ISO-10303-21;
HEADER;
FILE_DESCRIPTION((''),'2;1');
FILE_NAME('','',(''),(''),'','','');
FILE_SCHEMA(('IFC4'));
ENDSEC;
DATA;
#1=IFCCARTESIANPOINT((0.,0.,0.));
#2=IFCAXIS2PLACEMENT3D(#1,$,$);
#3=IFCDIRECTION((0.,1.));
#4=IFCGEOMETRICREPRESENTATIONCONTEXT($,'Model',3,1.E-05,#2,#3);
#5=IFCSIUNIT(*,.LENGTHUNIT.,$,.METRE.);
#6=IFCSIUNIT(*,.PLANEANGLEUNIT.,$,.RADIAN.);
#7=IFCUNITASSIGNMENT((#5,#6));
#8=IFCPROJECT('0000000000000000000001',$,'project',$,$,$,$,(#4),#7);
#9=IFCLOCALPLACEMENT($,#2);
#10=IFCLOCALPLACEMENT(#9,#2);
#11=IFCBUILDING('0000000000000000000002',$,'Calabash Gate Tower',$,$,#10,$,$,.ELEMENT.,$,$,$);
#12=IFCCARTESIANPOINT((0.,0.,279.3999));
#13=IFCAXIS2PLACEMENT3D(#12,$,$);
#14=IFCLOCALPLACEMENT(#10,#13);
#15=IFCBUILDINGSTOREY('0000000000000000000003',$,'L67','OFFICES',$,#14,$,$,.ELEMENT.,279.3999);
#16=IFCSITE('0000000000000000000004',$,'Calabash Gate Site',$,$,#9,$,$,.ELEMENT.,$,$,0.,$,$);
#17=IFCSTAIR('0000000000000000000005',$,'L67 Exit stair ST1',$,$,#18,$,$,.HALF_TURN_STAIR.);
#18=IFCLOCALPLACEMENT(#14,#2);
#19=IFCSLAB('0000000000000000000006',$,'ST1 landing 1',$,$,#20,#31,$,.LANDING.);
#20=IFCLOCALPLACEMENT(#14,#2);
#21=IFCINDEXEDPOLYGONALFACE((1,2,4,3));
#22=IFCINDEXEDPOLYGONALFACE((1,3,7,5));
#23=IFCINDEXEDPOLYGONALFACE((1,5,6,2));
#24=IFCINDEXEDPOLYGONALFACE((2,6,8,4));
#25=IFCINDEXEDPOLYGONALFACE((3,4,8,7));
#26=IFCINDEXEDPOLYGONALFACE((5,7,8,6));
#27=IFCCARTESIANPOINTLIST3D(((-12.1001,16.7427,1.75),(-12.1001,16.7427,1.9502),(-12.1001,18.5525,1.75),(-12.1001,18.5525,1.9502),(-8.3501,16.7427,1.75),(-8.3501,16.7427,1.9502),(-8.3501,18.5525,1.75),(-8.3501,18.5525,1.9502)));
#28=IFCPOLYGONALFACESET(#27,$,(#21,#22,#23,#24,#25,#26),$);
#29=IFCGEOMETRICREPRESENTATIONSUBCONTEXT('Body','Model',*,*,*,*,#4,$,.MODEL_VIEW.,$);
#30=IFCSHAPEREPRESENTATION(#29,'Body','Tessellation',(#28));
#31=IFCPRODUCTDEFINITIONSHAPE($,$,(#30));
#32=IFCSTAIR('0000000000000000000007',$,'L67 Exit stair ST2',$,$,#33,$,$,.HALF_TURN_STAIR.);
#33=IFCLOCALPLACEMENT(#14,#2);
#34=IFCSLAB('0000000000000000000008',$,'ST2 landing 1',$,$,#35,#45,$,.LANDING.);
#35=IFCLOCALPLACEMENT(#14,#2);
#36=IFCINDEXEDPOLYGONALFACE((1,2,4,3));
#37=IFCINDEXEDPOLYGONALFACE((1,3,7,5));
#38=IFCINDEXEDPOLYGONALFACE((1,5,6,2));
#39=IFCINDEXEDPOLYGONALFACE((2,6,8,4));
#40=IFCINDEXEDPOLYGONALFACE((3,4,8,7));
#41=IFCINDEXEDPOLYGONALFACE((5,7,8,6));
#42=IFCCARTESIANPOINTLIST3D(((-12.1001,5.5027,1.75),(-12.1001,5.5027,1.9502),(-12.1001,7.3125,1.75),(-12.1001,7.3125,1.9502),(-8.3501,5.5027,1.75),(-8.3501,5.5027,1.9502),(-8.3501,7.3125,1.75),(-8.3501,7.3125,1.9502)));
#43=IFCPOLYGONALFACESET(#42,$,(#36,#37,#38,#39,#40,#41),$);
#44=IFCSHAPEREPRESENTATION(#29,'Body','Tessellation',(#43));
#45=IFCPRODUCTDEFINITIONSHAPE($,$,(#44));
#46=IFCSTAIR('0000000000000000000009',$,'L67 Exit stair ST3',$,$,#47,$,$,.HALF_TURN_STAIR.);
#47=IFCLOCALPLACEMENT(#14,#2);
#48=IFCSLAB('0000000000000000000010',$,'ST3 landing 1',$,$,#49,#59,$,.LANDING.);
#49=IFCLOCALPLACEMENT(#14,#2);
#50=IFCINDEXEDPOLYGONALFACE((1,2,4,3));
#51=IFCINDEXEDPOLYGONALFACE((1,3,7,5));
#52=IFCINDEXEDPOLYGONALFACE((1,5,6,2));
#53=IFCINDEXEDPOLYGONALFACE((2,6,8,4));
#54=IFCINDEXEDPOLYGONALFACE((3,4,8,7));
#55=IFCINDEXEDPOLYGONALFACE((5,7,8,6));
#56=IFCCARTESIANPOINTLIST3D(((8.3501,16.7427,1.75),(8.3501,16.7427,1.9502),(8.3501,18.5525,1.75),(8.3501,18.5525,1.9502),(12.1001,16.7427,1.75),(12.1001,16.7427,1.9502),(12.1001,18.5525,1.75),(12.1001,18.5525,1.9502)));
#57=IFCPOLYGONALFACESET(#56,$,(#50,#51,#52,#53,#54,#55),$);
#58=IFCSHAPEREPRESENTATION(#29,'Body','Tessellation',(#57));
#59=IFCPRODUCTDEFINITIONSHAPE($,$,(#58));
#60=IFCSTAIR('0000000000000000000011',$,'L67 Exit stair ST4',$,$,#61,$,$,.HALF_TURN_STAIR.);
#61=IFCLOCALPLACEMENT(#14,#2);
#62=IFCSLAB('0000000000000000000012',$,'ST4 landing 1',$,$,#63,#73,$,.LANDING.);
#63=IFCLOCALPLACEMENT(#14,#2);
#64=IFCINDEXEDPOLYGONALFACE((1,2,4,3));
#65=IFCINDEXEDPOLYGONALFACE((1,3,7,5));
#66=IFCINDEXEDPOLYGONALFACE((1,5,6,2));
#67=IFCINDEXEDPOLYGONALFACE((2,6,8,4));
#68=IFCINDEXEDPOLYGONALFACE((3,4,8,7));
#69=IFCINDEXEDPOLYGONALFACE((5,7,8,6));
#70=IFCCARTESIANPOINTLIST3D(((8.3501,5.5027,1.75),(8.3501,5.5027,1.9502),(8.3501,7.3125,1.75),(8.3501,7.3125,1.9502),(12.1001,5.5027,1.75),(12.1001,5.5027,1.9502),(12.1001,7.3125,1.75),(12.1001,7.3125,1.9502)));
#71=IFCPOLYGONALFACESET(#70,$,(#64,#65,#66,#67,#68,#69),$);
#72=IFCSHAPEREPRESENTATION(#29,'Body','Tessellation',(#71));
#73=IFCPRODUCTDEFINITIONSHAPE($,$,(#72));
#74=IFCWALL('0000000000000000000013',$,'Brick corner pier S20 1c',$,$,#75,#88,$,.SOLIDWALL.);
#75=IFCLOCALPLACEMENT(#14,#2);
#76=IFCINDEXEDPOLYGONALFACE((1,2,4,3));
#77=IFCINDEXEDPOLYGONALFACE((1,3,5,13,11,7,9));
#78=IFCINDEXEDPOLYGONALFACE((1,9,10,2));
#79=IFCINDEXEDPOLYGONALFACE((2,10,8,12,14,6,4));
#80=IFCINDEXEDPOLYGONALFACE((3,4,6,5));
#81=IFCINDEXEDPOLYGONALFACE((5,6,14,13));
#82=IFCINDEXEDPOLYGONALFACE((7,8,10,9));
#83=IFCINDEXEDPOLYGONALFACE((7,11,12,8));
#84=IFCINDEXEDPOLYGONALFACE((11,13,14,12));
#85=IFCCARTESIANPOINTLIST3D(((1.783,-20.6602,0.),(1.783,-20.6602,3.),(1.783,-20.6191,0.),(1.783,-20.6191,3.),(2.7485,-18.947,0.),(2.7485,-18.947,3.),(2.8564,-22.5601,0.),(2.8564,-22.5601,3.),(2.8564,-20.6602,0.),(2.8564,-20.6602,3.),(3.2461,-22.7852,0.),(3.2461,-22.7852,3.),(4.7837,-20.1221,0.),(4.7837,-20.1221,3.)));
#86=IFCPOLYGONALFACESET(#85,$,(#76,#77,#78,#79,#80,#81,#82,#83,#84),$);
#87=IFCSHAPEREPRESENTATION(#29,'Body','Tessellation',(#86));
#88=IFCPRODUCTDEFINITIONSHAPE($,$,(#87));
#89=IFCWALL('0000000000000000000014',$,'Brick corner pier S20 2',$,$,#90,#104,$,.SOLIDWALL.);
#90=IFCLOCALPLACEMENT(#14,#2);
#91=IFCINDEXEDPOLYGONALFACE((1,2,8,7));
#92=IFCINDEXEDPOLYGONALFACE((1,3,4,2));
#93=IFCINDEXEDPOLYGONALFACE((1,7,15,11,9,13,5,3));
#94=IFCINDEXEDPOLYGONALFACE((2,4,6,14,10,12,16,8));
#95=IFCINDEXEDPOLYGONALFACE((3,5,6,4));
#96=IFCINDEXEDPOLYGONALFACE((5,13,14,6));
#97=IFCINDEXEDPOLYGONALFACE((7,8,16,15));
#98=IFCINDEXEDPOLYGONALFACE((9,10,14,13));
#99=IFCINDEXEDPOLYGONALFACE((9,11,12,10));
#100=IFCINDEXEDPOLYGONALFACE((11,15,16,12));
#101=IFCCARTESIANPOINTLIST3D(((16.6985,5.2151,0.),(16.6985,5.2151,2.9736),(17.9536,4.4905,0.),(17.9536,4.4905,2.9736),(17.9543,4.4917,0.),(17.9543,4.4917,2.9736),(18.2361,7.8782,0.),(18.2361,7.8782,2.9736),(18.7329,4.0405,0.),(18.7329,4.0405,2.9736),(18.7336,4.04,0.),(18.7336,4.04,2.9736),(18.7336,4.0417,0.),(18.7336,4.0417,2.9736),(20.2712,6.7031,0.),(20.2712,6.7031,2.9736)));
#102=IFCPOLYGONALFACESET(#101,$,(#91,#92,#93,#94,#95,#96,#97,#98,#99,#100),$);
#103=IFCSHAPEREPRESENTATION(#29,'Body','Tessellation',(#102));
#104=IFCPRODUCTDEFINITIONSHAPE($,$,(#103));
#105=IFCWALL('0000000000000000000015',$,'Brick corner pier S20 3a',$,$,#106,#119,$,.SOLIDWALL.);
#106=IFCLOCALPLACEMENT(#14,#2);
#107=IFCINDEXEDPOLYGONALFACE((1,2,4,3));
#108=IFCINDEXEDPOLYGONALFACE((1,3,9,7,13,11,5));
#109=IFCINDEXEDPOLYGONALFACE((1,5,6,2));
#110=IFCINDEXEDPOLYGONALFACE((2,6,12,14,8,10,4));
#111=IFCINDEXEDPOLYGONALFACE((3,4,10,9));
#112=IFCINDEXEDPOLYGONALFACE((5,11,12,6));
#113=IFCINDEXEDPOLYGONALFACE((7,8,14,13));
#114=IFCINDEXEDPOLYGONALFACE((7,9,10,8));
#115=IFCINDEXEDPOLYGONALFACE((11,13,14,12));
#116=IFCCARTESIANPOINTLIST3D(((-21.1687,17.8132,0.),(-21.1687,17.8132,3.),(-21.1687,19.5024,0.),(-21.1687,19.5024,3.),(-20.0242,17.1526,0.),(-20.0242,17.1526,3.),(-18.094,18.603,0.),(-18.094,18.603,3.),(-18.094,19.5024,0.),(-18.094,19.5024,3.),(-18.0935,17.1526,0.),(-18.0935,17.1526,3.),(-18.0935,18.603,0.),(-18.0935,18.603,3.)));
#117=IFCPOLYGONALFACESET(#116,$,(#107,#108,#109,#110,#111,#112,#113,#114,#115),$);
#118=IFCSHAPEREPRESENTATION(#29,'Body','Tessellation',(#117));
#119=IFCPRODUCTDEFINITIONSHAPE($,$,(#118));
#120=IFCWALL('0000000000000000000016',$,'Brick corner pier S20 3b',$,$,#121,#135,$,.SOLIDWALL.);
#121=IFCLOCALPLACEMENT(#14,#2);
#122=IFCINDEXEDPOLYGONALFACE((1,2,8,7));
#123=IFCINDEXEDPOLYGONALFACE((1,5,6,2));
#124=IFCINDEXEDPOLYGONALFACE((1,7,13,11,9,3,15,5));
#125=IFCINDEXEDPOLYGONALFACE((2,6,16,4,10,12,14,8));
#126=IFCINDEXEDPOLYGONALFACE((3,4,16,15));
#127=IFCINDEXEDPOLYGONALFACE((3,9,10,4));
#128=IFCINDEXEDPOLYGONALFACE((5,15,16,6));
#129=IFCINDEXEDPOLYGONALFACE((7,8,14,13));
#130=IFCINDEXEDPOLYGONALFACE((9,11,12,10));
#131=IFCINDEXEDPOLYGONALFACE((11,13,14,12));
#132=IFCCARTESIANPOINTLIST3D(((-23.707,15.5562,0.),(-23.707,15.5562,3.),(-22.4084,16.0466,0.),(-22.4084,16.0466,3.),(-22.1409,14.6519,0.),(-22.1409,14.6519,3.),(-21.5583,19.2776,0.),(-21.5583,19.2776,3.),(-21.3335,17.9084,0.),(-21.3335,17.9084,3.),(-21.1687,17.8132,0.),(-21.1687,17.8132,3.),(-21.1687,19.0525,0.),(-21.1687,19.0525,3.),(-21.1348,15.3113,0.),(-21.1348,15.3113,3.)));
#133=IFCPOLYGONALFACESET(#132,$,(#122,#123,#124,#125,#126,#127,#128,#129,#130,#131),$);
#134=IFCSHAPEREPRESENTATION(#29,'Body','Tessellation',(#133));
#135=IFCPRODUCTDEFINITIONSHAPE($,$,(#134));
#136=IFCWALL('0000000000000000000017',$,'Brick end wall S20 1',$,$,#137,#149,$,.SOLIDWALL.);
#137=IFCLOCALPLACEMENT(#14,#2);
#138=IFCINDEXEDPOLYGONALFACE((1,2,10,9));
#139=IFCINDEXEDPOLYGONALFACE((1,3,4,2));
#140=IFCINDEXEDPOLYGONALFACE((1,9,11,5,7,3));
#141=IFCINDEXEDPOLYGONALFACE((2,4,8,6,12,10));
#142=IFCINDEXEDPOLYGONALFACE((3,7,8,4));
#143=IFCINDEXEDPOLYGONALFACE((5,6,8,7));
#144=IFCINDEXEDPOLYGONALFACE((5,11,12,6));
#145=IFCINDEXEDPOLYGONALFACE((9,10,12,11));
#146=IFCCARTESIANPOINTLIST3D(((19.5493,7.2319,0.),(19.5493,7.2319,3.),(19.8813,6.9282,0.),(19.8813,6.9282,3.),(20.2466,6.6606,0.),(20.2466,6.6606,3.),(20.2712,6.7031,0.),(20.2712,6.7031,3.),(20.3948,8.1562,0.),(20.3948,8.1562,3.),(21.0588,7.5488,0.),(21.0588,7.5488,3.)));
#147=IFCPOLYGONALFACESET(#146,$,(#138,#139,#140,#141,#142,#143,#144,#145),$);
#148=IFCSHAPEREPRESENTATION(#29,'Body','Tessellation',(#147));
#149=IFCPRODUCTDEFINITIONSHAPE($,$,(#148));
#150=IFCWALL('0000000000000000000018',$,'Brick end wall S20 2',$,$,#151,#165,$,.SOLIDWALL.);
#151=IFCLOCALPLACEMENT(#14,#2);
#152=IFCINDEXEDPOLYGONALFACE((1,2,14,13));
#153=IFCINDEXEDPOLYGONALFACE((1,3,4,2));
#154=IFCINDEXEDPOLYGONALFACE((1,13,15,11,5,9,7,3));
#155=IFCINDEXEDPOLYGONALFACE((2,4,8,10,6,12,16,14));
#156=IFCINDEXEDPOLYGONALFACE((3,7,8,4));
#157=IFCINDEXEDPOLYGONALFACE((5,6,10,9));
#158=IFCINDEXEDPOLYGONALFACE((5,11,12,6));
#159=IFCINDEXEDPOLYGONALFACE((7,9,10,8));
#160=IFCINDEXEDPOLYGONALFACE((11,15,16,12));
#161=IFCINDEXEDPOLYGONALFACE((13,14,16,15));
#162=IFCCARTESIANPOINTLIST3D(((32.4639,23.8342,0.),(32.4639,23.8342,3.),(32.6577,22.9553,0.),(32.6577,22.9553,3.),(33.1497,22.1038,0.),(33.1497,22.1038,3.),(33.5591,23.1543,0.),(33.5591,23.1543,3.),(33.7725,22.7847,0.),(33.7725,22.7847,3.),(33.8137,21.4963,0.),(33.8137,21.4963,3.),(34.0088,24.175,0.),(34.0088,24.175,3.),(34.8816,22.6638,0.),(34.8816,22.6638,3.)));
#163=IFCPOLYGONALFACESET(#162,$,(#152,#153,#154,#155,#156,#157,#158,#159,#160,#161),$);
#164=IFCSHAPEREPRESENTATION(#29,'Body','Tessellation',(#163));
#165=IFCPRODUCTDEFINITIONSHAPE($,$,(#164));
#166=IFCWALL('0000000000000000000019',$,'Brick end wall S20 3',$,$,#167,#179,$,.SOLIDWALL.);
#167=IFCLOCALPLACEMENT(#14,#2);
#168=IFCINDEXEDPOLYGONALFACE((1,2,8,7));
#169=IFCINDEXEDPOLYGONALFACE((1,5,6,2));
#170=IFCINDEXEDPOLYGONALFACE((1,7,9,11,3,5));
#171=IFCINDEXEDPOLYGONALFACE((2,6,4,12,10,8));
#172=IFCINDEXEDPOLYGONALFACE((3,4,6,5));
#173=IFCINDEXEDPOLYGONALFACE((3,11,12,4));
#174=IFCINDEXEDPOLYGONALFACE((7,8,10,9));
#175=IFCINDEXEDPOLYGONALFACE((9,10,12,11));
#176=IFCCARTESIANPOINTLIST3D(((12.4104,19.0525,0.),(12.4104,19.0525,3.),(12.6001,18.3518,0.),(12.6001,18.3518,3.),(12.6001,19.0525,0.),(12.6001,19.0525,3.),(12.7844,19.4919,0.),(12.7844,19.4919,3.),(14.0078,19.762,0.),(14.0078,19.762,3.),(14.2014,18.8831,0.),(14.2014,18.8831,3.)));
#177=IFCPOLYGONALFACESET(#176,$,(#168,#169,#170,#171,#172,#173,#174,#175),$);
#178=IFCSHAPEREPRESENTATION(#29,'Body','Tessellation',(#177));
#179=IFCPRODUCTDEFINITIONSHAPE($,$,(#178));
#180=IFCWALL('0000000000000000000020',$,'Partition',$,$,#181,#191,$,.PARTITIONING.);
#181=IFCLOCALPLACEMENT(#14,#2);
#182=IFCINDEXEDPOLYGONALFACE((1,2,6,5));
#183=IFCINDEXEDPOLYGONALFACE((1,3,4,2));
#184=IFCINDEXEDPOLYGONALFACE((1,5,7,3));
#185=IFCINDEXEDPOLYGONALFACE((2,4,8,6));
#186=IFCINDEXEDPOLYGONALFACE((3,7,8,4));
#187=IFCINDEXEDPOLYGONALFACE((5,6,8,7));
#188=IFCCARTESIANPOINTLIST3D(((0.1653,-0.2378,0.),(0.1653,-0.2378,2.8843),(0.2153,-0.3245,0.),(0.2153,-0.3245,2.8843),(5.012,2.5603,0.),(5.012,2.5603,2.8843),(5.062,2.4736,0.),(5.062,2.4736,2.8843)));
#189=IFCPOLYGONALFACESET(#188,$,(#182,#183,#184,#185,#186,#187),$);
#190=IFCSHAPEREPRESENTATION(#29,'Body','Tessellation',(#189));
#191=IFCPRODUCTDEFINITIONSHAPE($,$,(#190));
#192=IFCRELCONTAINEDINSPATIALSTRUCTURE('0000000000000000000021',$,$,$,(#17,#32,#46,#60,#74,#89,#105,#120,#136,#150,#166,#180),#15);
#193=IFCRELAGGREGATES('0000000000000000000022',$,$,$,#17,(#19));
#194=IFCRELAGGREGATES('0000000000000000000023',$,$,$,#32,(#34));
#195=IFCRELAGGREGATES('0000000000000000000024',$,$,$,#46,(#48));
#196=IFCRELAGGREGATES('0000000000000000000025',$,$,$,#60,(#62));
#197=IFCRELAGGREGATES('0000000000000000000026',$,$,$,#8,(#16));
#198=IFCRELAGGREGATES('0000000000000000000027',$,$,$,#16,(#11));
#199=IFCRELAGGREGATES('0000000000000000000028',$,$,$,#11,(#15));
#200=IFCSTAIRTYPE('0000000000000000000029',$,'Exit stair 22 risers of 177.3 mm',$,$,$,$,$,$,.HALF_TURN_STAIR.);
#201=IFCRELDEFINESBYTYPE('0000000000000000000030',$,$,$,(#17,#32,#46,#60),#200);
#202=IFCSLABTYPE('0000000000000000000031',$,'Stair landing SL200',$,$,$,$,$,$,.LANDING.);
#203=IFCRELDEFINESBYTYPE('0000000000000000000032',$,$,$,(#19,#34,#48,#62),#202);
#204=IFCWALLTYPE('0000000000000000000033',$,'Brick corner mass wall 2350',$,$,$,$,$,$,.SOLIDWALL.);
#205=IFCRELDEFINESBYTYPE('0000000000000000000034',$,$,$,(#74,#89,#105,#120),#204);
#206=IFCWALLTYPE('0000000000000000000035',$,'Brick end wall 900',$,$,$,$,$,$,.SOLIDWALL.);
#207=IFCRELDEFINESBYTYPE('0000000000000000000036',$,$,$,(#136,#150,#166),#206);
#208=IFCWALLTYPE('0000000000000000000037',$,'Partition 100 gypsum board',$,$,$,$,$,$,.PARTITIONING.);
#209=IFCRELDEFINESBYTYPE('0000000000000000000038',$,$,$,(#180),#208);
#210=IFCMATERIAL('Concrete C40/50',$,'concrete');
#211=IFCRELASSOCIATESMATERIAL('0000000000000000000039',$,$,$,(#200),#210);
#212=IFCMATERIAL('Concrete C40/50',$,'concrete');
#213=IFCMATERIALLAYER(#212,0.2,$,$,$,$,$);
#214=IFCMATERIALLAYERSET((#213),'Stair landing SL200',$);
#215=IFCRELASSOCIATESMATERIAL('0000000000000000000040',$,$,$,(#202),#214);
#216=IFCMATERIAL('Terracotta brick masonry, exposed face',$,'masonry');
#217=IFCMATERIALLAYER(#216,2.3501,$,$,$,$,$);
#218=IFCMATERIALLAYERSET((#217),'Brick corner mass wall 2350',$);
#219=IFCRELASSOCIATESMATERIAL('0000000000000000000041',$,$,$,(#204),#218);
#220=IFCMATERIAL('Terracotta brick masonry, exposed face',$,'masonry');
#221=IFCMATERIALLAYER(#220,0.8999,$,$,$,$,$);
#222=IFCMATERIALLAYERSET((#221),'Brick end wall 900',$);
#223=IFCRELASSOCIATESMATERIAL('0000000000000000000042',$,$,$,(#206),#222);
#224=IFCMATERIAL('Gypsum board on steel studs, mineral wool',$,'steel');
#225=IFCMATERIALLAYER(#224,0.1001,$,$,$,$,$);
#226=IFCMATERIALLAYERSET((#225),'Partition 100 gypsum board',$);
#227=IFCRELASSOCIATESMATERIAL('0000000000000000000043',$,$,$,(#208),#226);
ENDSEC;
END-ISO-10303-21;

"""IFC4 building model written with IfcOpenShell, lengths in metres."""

from ifc_helpers import new_model, si_unit, direction, frame, frame_2d, origin, place, context, subcontext, project, spatial, polyline, rectangle, outline, extrude, material, layer, layer_set, type_object, element, aggregate, save


model = new_model("IFC4")

# Units and contexts
model_context = context("Model", 3, precision=1e-05, world=origin(), true_north=direction((0.0, 1.0)))
body_context = subcontext(model_context, "Body", "Model", "MODEL_VIEW")
ifc_project = project(units=[si_unit("LENGTHUNIT", "METRE"), si_unit("PLANEANGLEUNIT", "RADIAN")], contexts=[model_context])

# Site, building, storey
site_placement = place(None, origin())
site = spatial("IfcSite", under=ifc_project, at=site_placement, Name="Calabash Gate Site", CompositionType="ELEMENT", RefElevation=0.0)
building_placement = place(site_placement, origin())
building = spatial("IfcBuilding", under=site, at=building_placement, Name="Calabash Gate Tower", CompositionType="ELEMENT")
storey_placement = place(building_placement, frame((0.0, 0.0, 279.3999)))
storey = spatial("IfcBuildingStorey", under=building, at=storey_placement, Name="L67", Description="OFFICES", CompositionType="ELEMENT", Elevation=279.3999)

# Stairs, slabs
ifc_material_1 = material(Name="Concrete C40/50", Category="concrete")
stair_type = type_object("IfcStairType", Name="Exit stair 22 risers of 177.3 mm", PredefinedType="HALF_TURN_STAIR", material=ifc_material_1)
stair_1_placement = place(storey_placement, origin())
stair_1 = element("IfcStair", 1, at=stair_1_placement, inside=storey, type_object=stair_type, Name="L67 Exit stair ST1", PredefinedType="HALF_TURN_STAIR")
ifc_material_2 = material(Name="Concrete C40/50", Category="concrete")
ifc_layer_1 = layer(ifc_material_2, 0.2)
ifc_layer_set_1 = layer_set([ifc_layer_1], Name="Stair landing SL200")
slab_type = type_object("IfcSlabType", Name="Stair landing SL200", PredefinedType="LANDING", material=ifc_layer_set_1)
slab_1_placement = place(storey_placement, frame((0.0, 0.0, 1.75)))
slab_1 = element("IfcSlab", 2, at=slab_1_placement, type_object=slab_type, Name="ST1 landing 1", PredefinedType="LANDING", context=body_context, shape_type="SweptSolid", body=[
    extrude(outline(polyline([(-8.3501, 16.7427), (-8.3501, 18.5525), (-12.1001, 18.5525), (-12.1001, 16.7427), (-8.3501, 16.7427)])), origin(), (0.0, 0.0, 1.0), 0.2002),
])
aggregate(stair_1, [slab_1])
stair_2_placement = place(storey_placement, origin())
stair_2 = element("IfcStair", 3, at=stair_2_placement, inside=storey, type_object=stair_type, Name="L67 Exit stair ST2", PredefinedType="HALF_TURN_STAIR")
slab_2_placement = place(storey_placement, frame((0.0, 0.0, 1.75)))
slab_2 = element("IfcSlab", 4, at=slab_2_placement, type_object=slab_type, Name="ST2 landing 1", PredefinedType="LANDING", context=body_context, shape_type="SweptSolid", body=[
    extrude(outline(polyline([(-12.1001, 7.3125), (-12.1001, 5.5027), (-8.3501, 5.5027), (-8.3501, 7.3125), (-12.1001, 7.3125)])), origin(), (0.0, 0.0, 1.0), 0.2002),
])
aggregate(stair_2, [slab_2])
stair_3_placement = place(storey_placement, origin())
stair_3 = element("IfcStair", 5, at=stair_3_placement, inside=storey, type_object=stair_type, Name="L67 Exit stair ST3", PredefinedType="HALF_TURN_STAIR")
slab_3_placement = place(storey_placement, frame((0.0, 0.0, 1.75)))
slab_3 = element("IfcSlab", 6, at=slab_3_placement, type_object=slab_type, Name="ST3 landing 1", PredefinedType="LANDING", context=body_context, shape_type="SweptSolid", body=[
    extrude(outline(polyline([(12.1001, 16.7427), (12.1001, 18.5525), (8.3501, 18.5525), (8.3501, 16.7427), (12.1001, 16.7427)])), origin(), (0.0, 0.0, 1.0), 0.2002),
])
aggregate(stair_3, [slab_3])
stair_4_placement = place(storey_placement, origin())
stair_4 = element("IfcStair", 7, at=stair_4_placement, inside=storey, type_object=stair_type, Name="L67 Exit stair ST4", PredefinedType="HALF_TURN_STAIR")
slab_4_placement = place(storey_placement, frame((0.0, 0.0, 1.75)))
slab_4 = element("IfcSlab", 8, at=slab_4_placement, type_object=slab_type, Name="ST4 landing 1", PredefinedType="LANDING", context=body_context, shape_type="SweptSolid", body=[
    extrude(outline(polyline([(8.3501, 7.3125), (8.3501, 5.5027), (12.1001, 5.5027), (12.1001, 7.3125), (8.3501, 7.3125)])), origin(), (0.0, 0.0, 1.0), 0.2002),
])
aggregate(stair_4, [slab_4])

# Walls
ifc_material_3 = material(Name="Terracotta brick masonry, exposed face", Category="masonry")
ifc_layer_2 = layer(ifc_material_3, 2.3501)
ifc_layer_set_2 = layer_set([ifc_layer_2], Name="Brick corner mass wall 2350")
wall_type_1 = type_object("IfcWallType", Name="Brick corner mass wall 2350", PredefinedType="SOLIDWALL", material=ifc_layer_set_2)
wall_1_placement = place(storey_placement, origin())
element("IfcWall", 9, at=wall_1_placement, inside=storey, type_object=wall_type_1, Name="Brick corner pier S20 1c", PredefinedType="SOLIDWALL", context=body_context, shape_type="SweptSolid", body=[
    extrude(outline(polyline([(1.783, -20.6191), (1.783, -20.6602), (2.8564, -20.6602), (2.8564, -22.5601), (3.2461, -22.7852), (4.7837, -20.1221), (2.7485, -18.947), (1.783, -20.6191)])), origin(), (0.0, 0.0, 1.0), 3.0),
])
wall_2_placement = place(storey_placement, origin())
element("IfcWall", 10, at=wall_2_placement, inside=storey, type_object=wall_type_1, Name="Brick corner pier S20 2", PredefinedType="SOLIDWALL", context=body_context, shape_type="SweptSolid", body=[
    extrude(outline(polyline([(18.7336, 4.0417), (18.7329, 4.0405), (18.7336, 4.04), (20.2712, 6.7031), (18.2361, 7.8782), (16.6985, 5.2151), (17.9536, 4.4905), (17.9543, 4.4917), (18.7336, 4.0417)])), origin(), (0.0, 0.0, 1.0), 2.9736),
])
wall_3_placement = place(storey_placement, origin())
element("IfcWall", 11, at=wall_3_placement, inside=storey, type_object=wall_type_1, Name="Brick corner pier S20 3a", PredefinedType="SOLIDWALL", context=body_context, shape_type="SweptSolid", body=[
    extrude(outline(polyline([(-20.0242, 17.1526), (-18.0935, 17.1526), (-18.0935, 18.603), (-18.094, 18.603), (-18.094, 19.5024), (-21.1687, 19.5024), (-21.1687, 17.8132), (-20.0242, 17.1526)])), origin(), (0.0, 0.0, 1.0), 3.0),
])
wall_4_placement = place(storey_placement, origin())
element("IfcWall", 12, at=wall_4_placement, inside=storey, type_object=wall_type_1, Name="Brick corner pier S20 3b", PredefinedType="SOLIDWALL", context=body_context, shape_type="SweptSolid", body=[
    extrude(outline(polyline([(-21.3335, 17.9084), (-21.1687, 17.8132), (-21.1687, 19.0525), (-21.5583, 19.2776), (-23.707, 15.5562), (-22.1409, 14.6519), (-21.1348, 15.3113), (-22.4084, 16.0466), (-21.3335, 17.9084)])), origin(), (0.0, 0.0, 1.0), 3.0),
])
ifc_material_4 = material(Name="Terracotta brick masonry, exposed face", Category="masonry")
ifc_layer_3 = layer(ifc_material_4, 0.8999)
ifc_layer_set_3 = layer_set([ifc_layer_3], Name="Brick end wall 900")
wall_type_2 = type_object("IfcWallType", Name="Brick end wall 900", PredefinedType="SOLIDWALL", material=ifc_layer_set_3)
wall_5_placement = place(storey_placement, origin())
element("IfcWall", 13, at=wall_5_placement, inside=storey, type_object=wall_type_2, Name="Brick end wall S20 1", PredefinedType="SOLIDWALL", context=body_context, shape_type="SweptSolid", body=[
    extrude(outline(polyline([(20.3948, 8.1562), (19.5493, 7.2319), (19.8813, 6.9282), (20.2712, 6.7031), (20.2466, 6.6606), (21.0588, 7.5488), (20.3948, 8.1562)])), origin(), (0.0, 0.0, 1.0), 3.0),
])
wall_6_placement = place(storey_placement, origin())
element("IfcWall", 14, at=wall_6_placement, inside=storey, type_object=wall_type_2, Name="Brick end wall S20 2", PredefinedType="SOLIDWALL", context=body_context, shape_type="SweptSolid", body=[
    extrude(outline(polyline([(33.8137, 21.4963), (34.8816, 22.6638), (34.0088, 24.175), (32.4639, 23.8342), (32.6577, 22.9553), (33.5591, 23.1543), (33.7725, 22.7847), (33.1497, 22.1038), (33.8137, 21.4963)])), origin(), (0.0, 0.0, 1.0), 3.0),
])
wall_7_placement = place(storey_placement, origin())
element("IfcWall", 15, at=wall_7_placement, inside=storey, type_object=wall_type_2, Name="Brick end wall S20 3", PredefinedType="SOLIDWALL", context=body_context, shape_type="SweptSolid", body=[
    extrude(outline(polyline([(14.2014, 18.8831), (14.0078, 19.762), (12.7844, 19.4919), (12.4104, 19.0525), (12.6001, 19.0525), (12.6001, 18.3518), (14.2014, 18.8831)])), origin(), (0.0, 0.0, 1.0), 3.0),
])
ifc_material_5 = material(Name="Gypsum board on steel studs, mineral wool", Category="steel")
ifc_layer_4 = layer(ifc_material_5, 0.1001)
ifc_layer_set_4 = layer_set([ifc_layer_4], Name="Partition 100 gypsum board")
wall_type_3 = type_object("IfcWallType", Name="Partition 100 gypsum board", PredefinedType="PARTITIONING", material=ifc_layer_set_4)
wall_8_placement = place(storey_placement, frame((0.1902, -0.2812, 0.0), z_axis=(0.0, 0.0, 1.0), x_axis=(0.866036, 0.499982, 0.0)))
element("IfcWall", 16, at=wall_8_placement, inside=storey, type_object=wall_type_3, Name="Partition", PredefinedType="PARTITIONING", context=body_context, shape_type="SweptSolid", body=[
    extrude(rectangle(XDim=5.5964, YDim=0.1001, at=frame_2d((2.7983, 0.0))), origin(), (0.0, 0.0, 1.0), 2.8843),
])

save(model, "model.ifc")
